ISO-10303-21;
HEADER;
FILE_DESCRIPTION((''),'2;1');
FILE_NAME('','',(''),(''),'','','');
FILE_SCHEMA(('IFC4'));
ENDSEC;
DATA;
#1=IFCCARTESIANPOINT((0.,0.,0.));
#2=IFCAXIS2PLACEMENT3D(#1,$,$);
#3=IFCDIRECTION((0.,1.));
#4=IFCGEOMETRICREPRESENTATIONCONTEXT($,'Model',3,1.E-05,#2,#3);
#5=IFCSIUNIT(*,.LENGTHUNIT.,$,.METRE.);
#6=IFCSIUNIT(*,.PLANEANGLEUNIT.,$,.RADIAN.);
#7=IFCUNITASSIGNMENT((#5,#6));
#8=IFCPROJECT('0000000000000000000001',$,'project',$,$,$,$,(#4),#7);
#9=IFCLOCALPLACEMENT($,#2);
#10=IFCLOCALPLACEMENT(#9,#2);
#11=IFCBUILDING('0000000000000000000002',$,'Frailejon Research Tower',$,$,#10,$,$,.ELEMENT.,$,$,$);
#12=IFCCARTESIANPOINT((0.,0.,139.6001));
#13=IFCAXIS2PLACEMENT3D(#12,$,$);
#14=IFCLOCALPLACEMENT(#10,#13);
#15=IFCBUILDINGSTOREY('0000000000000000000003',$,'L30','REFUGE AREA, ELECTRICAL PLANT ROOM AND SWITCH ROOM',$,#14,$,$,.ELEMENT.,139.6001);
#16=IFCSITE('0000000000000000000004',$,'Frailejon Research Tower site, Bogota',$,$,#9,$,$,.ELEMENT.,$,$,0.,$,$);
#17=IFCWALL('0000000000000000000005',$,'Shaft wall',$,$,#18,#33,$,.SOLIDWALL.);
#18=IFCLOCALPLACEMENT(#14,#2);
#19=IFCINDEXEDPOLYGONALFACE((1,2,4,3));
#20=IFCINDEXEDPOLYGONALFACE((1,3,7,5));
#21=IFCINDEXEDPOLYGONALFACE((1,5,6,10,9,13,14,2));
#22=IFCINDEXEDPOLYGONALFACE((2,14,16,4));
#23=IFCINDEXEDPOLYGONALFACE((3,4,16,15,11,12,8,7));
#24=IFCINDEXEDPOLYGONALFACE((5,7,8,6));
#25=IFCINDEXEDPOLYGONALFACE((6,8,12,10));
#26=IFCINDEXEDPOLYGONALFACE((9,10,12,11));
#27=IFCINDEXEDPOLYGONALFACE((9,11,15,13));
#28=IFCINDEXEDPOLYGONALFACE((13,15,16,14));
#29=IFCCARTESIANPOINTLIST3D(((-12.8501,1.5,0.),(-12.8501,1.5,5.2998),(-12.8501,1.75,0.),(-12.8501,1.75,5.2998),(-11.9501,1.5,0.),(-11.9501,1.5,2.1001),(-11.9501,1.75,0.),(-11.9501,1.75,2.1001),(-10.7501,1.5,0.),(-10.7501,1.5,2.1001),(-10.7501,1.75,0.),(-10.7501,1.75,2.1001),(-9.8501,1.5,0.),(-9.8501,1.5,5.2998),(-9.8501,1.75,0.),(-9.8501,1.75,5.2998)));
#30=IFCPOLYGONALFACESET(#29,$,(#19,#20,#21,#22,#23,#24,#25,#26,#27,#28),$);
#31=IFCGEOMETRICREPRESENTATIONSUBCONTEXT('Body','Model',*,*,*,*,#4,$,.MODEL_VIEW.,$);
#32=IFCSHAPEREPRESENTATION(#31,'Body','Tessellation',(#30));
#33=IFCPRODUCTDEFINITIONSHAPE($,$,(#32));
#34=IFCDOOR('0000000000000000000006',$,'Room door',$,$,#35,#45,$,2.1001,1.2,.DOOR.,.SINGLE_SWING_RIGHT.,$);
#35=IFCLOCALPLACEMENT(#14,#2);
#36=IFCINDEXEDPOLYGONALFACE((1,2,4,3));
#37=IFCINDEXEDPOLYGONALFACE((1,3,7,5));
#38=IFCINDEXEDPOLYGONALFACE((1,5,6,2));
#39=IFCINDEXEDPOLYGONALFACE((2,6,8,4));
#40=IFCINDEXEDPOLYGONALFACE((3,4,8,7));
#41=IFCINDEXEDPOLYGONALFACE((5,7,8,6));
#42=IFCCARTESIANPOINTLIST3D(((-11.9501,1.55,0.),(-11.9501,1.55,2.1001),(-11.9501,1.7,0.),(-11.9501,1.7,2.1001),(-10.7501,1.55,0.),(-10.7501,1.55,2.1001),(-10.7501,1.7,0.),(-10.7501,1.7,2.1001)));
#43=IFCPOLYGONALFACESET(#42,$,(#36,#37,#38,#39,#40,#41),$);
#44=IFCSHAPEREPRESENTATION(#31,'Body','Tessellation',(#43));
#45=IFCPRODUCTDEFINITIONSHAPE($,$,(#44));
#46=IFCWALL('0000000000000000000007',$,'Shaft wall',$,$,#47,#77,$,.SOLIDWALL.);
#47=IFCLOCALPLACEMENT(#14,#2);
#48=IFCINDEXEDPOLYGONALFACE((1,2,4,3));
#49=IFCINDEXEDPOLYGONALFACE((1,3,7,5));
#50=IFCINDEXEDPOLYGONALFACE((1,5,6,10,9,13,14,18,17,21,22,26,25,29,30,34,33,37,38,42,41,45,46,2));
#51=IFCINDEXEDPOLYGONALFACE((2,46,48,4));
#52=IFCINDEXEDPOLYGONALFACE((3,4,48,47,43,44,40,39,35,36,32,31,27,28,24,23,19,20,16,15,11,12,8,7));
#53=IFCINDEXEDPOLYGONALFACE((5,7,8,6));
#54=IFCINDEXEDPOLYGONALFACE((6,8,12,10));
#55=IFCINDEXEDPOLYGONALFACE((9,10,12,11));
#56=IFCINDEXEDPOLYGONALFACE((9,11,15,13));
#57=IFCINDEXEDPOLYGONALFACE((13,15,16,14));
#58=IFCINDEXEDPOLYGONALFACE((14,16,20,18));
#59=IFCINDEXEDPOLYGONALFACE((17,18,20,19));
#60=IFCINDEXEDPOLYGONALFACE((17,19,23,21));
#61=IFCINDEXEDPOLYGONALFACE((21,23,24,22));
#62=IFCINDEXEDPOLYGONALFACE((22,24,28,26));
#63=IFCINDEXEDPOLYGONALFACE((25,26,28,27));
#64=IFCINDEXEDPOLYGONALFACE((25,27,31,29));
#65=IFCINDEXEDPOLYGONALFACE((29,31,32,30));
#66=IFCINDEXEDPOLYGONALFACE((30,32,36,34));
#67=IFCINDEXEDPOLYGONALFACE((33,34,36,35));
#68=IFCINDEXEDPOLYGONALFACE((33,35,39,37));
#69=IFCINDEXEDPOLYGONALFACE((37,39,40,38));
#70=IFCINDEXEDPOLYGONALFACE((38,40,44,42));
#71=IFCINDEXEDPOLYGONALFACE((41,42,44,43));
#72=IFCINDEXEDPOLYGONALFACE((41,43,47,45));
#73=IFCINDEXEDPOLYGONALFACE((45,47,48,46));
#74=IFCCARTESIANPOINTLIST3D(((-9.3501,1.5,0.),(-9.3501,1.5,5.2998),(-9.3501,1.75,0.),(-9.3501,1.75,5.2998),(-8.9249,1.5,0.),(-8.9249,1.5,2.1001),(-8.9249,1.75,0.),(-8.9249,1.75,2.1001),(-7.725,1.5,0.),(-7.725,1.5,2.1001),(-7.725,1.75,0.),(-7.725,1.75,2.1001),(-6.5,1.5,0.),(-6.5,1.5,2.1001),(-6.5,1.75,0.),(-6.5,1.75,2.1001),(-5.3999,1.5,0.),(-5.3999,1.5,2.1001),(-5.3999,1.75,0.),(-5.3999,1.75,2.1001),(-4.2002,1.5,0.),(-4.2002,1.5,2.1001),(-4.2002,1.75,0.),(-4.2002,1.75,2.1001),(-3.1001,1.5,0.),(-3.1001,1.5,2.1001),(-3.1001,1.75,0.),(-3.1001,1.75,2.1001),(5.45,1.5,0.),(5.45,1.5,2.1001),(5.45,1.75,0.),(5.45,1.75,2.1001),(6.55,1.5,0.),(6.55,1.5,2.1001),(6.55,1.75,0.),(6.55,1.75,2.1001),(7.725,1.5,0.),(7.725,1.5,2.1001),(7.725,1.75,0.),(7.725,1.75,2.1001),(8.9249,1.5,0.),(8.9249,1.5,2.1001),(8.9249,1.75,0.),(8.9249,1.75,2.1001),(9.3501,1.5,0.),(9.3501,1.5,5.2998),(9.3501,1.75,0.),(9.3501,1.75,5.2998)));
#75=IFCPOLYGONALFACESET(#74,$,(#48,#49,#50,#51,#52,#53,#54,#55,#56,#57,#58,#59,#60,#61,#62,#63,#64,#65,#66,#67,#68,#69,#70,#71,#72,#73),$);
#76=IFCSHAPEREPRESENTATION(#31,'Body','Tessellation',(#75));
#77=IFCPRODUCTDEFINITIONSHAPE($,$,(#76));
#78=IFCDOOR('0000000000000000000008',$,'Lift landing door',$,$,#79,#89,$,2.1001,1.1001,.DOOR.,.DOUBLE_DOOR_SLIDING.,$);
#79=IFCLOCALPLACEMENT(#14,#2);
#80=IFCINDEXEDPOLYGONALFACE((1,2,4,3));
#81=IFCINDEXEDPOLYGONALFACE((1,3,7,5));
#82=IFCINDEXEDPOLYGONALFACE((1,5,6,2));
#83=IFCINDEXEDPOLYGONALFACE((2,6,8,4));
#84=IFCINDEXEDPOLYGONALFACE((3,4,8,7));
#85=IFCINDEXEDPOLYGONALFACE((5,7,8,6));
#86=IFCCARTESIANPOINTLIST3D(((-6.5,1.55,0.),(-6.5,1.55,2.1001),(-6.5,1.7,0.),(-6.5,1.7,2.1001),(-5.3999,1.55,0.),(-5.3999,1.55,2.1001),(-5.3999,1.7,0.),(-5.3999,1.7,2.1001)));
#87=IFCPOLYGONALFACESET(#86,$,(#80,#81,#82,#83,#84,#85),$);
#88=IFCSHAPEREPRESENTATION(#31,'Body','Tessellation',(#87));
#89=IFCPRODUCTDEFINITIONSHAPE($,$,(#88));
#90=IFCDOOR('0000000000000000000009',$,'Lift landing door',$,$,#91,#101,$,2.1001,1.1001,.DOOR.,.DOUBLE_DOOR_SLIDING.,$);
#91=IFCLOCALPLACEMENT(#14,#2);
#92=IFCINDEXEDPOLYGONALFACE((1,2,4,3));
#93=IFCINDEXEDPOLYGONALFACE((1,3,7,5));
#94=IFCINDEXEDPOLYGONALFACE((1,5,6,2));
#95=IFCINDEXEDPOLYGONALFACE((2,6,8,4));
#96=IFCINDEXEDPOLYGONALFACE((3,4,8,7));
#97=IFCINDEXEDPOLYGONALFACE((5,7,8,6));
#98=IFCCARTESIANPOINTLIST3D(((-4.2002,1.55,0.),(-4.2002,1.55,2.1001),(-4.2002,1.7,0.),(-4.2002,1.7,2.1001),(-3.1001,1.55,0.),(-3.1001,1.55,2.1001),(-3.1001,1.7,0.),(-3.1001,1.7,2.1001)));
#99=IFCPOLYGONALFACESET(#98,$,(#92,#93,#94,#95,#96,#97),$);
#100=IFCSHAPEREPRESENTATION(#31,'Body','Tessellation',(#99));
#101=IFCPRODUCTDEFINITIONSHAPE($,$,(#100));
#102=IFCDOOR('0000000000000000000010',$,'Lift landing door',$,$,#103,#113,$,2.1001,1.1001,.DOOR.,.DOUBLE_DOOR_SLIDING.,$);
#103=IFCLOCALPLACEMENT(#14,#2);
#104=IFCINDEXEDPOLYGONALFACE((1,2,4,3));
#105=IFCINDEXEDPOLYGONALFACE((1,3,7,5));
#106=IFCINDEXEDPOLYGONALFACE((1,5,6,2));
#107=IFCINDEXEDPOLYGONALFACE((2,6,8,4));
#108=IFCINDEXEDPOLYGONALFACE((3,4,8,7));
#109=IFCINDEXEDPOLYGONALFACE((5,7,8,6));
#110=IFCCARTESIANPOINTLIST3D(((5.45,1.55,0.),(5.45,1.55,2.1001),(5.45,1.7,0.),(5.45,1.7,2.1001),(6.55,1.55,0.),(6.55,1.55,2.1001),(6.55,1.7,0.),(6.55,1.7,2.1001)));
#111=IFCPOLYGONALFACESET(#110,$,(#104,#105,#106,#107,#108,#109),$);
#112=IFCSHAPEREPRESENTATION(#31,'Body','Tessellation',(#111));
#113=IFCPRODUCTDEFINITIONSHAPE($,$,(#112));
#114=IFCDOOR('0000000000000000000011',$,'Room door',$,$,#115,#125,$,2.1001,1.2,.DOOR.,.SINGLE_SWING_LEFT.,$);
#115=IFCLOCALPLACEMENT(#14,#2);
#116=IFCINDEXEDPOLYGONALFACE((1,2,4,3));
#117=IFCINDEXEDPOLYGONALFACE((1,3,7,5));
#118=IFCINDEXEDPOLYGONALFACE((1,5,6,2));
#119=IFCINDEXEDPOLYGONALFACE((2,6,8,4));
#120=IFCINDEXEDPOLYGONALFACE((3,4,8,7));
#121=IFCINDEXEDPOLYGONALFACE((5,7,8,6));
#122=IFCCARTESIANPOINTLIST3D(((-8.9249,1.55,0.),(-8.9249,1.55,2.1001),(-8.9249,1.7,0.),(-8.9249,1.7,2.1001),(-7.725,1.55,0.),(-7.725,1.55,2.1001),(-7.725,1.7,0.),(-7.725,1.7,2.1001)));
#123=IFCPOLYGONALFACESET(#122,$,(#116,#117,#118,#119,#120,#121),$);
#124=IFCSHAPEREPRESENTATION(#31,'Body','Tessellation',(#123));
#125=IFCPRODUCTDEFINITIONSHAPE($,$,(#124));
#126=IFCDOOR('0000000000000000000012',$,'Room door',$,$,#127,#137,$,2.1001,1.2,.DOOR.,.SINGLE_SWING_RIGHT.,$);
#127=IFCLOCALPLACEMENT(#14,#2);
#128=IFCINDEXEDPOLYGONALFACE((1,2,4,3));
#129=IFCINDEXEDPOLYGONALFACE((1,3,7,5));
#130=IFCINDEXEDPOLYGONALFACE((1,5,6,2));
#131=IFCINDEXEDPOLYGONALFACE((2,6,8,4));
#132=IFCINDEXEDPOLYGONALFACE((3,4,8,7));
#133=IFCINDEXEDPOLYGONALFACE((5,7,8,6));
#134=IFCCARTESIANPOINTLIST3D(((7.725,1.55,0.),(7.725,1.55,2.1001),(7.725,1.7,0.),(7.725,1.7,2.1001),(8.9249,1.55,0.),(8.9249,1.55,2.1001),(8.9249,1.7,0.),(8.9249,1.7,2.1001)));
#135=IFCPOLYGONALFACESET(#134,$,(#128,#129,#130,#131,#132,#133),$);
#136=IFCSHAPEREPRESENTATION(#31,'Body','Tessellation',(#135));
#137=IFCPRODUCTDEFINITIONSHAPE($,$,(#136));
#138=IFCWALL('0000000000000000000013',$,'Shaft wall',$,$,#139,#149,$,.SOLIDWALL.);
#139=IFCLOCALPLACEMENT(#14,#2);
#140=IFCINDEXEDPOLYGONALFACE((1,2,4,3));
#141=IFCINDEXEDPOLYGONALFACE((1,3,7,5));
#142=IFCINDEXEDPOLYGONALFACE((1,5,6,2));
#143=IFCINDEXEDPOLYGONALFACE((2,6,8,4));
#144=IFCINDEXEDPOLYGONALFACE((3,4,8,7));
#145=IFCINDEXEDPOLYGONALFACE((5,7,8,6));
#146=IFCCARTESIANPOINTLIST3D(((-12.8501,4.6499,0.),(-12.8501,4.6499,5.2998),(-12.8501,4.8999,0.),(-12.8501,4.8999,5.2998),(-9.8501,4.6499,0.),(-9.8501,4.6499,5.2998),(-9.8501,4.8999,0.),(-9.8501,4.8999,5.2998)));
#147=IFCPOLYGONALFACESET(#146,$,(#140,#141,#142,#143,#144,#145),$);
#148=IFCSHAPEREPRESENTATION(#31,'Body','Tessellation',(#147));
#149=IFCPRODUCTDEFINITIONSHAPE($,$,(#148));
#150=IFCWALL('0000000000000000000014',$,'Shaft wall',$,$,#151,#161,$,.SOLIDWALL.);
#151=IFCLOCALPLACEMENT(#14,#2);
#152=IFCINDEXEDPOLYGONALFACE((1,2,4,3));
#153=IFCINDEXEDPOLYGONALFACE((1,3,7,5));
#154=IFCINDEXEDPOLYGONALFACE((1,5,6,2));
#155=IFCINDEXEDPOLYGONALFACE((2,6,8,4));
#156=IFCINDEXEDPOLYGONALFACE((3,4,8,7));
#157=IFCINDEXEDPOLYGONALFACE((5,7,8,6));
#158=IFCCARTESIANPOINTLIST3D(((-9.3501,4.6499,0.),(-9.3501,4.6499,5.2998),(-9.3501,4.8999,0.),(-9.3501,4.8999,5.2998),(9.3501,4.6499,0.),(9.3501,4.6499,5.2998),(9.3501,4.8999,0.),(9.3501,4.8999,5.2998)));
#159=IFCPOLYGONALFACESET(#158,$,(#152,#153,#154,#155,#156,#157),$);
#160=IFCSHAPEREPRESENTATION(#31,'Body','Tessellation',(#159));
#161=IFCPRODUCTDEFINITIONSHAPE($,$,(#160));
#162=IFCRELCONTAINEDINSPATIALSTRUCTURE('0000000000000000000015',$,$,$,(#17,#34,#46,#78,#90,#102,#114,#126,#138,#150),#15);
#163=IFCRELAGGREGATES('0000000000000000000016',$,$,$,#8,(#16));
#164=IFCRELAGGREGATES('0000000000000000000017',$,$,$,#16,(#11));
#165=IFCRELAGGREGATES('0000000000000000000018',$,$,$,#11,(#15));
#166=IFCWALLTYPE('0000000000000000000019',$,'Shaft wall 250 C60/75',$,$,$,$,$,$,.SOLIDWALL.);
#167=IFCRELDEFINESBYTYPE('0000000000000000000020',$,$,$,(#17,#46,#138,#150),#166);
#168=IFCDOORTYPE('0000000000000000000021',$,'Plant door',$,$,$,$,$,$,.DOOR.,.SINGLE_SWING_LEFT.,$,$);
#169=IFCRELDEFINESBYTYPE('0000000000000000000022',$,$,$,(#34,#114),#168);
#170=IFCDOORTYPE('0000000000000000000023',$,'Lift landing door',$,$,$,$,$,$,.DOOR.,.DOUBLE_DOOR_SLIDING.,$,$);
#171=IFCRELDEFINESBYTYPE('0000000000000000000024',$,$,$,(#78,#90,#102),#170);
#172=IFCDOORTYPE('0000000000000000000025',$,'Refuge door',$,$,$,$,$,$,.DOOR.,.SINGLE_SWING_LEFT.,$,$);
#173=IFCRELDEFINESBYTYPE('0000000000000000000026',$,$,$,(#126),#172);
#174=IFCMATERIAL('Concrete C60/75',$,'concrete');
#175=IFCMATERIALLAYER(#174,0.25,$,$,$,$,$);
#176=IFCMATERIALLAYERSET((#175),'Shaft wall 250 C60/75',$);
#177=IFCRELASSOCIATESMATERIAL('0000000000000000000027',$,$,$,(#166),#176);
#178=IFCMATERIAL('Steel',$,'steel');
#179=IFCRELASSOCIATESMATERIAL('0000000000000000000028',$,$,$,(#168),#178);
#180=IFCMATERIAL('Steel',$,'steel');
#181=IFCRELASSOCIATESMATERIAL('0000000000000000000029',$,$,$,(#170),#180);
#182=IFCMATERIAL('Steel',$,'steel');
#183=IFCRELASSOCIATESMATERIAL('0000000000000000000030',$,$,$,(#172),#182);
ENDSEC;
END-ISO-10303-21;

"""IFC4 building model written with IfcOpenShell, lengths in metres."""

from ifc_helpers import new_model, si_unit, direction, frame, frame_2d, origin, place, context, subcontext, project, spatial, rectangle, extrude, material, layer, layer_set, type_object, element, fill, save


model = new_model("IFC4")

# Units and contexts
model_context = context("Model", 3, precision=1e-05, world=origin(), true_north=direction((0.0, 1.0)))
body_context = subcontext(model_context, "Body", "Model", "MODEL_VIEW")
ifc_project = project(units=[si_unit("LENGTHUNIT", "METRE"), si_unit("PLANEANGLEUNIT", "RADIAN")], contexts=[model_context])

# Site, building, storey
site_placement = place(None, origin())
site = spatial("IfcSite", under=ifc_project, at=site_placement, Name="Frailejon Research Tower site, Bogota", CompositionType="ELEMENT", RefElevation=0.0)
building_placement = place(site_placement, origin())
building = spatial("IfcBuilding", under=site, at=building_placement, Name="Frailejon Research Tower", CompositionType="ELEMENT")
storey_placement = place(building_placement, frame((0.0, 0.0, 139.6001)))
storey = spatial("IfcBuildingStorey", under=building, at=storey_placement, Name="L30", Description="REFUGE AREA, ELECTRICAL PLANT ROOM AND SWITCH ROOM", CompositionType="ELEMENT", Elevation=139.6001)

# Wall, opening, door
ifc_material_1 = material(Name="Concrete C60/75", Category="concrete")
ifc_layer_1 = layer(ifc_material_1, 0.25)
ifc_layer_set_1 = layer_set([ifc_layer_1], Name="Shaft wall 250 C60/75")
wall_type_1 = type_object("IfcWallType", Name="Shaft wall 250 C60/75", PredefinedType="SOLIDWALL", material=ifc_layer_set_1)
wall_1_placement = place(storey_placement, frame((-12.8501, 1.625, 0.0), z_axis=(0.0, 0.0, 1.0), x_axis=(1.0, 0.0, 0.0)))
wall_1 = element("IfcWall", 1, at=wall_1_placement, inside=storey, type_object=wall_type_1, Name="Shaft wall", PredefinedType="SOLIDWALL", context=body_context, shape_type="SweptSolid", body=[
    extrude(rectangle(XDim=3.0, YDim=0.25, at=frame_2d((1.5, 0.0))), origin(), (0.0, 0.0, 1.0), 5.2998),
])
opening_1_placement = place(wall_1_placement, frame((0.8999, 0.0, 0.0)))
opening_1 = element("IfcOpeningElement", 2, at=opening_1_placement, cuts=wall_1, PredefinedType="OPENING", context=body_context, shape_type="SweptSolid", body=[
    extrude(rectangle(XDim=1.2, YDim=2.1001, at=frame_2d((0.6001, 1.05))), frame((0.0, 0.135, 0.0), z_axis=(0.0, -1.0, 0.0), x_axis=(1.0, 0.0, 0.0)), (0.0, 0.0, 1.0), 0.27),
])
ifc_material_2 = material(Name="Steel", Category="steel")
door_type_1 = type_object("IfcDoorType", Name="Plant door", OperationType="SINGLE_SWING_LEFT", PredefinedType="DOOR", material=ifc_material_2)
door_1_placement = place(opening_1_placement, origin())
door_1 = element("IfcDoor", 3, at=door_1_placement, inside=storey, type_object=door_type_1, Name="Room door", OperationType="SINGLE_SWING_RIGHT", OverallHeight=2.1001, OverallWidth=1.2, PredefinedType="DOOR", context=body_context, shape_type="SweptSolid", body=[
    extrude(rectangle(XDim=1.2, YDim=2.1001, at=frame_2d((0.6001, 1.05))), frame((0.0, 0.075, 0.0), z_axis=(0.0, -1.0, 0.0), x_axis=(1.0, 0.0, 0.0)), (0.0, 0.0, 1.0), 0.1499),
])
fill(opening_1, door_1)

# Wall, openings, doors
wall_2_placement = place(storey_placement, frame((-9.3501, 1.625, 0.0), z_axis=(0.0, 0.0, 1.0), x_axis=(1.0, 0.0, 0.0)))
wall_2 = element("IfcWall", 4, at=wall_2_placement, inside=storey, type_object=wall_type_1, Name="Shaft wall", PredefinedType="SOLIDWALL", context=body_context, shape_type="SweptSolid", body=[
    extrude(rectangle(XDim=18.7002, YDim=0.25, at=frame_2d((9.3501, 0.0))), origin(), (0.0, 0.0, 1.0), 5.2998),
])
opening_2_placement = place(wall_2_placement, frame((2.8501, 0.0, 0.0)))
opening_2 = element("IfcOpeningElement", 5, at=opening_2_placement, cuts=wall_2, PredefinedType="OPENING", context=body_context, shape_type="SweptSolid", body=[
    extrude(rectangle(XDim=1.1001, YDim=2.1001, at=frame_2d((0.55, 1.05))), frame((0.0, 0.135, 0.0), z_axis=(0.0, -1.0, 0.0), x_axis=(1.0, 0.0, 0.0)), (0.0, 0.0, 1.0), 0.27),
])
opening_3_placement = place(wall_2_placement, frame((5.1499, 0.0, 0.0)))
opening_3 = element("IfcOpeningElement", 6, at=opening_3_placement, cuts=wall_2, PredefinedType="OPENING", context=body_context, shape_type="SweptSolid", body=[
    extrude(rectangle(XDim=1.1001, YDim=2.1001, at=frame_2d((0.55, 1.05))), frame((0.0, 0.135, 0.0), z_axis=(0.0, -1.0, 0.0), x_axis=(1.0, 0.0, 0.0)), (0.0, 0.0, 1.0), 0.27),
])
opening_4_placement = place(wall_2_placement, frame((14.8, 0.0, 0.0)))
opening_4 = element("IfcOpeningElement", 7, at=opening_4_placement, cuts=wall_2, PredefinedType="OPENING", context=body_context, shape_type="SweptSolid", body=[
    extrude(rectangle(XDim=1.1001, YDim=2.1001, at=frame_2d((0.55, 1.05))), frame((0.0, 0.135, 0.0), z_axis=(0.0, -1.0, 0.0), x_axis=(1.0, 0.0, 0.0)), (0.0, 0.0, 1.0), 0.27),
])
opening_5_placement = place(wall_2_placement, frame((0.425, 0.0, 0.0)))
opening_5 = element("IfcOpeningElement", 8, at=opening_5_placement, cuts=wall_2, PredefinedType="OPENING", context=body_context, shape_type="SweptSolid", body=[
    extrude(rectangle(XDim=1.2, YDim=2.1001, at=frame_2d((0.6001, 1.05))), frame((0.0, 0.135, 0.0), z_axis=(0.0, -1.0, 0.0), x_axis=(1.0, 0.0, 0.0)), (0.0, 0.0, 1.0), 0.27),
])
opening_6_placement = place(wall_2_placement, frame((17.075, 0.0, 0.0)))
opening_6 = element("IfcOpeningElement", 9, at=opening_6_placement, cuts=wall_2, PredefinedType="OPENING", context=body_context, shape_type="SweptSolid", body=[
    extrude(rectangle(XDim=1.2, YDim=2.1001, at=frame_2d((0.6001, 1.05))), frame((0.0, 0.135, 0.0), z_axis=(0.0, -1.0, 0.0), x_axis=(1.0, 0.0, 0.0)), (0.0, 0.0, 1.0), 0.27),
])
ifc_material_3 = material(Name="Steel", Category="steel")
door_type_2 = type_object("IfcDoorType", Name="Lift landing door", OperationType="DOUBLE_DOOR_SLIDING", PredefinedType="DOOR", material=ifc_material_3)
door_2_placement = place(opening_2_placement, origin())
door_2 = element("IfcDoor", 10, at=door_2_placement, inside=storey, type_object=door_type_2, Name="Lift landing door", OperationType="DOUBLE_DOOR_SLIDING", OverallHeight=2.1001, OverallWidth=1.1001, PredefinedType="DOOR", context=body_context, shape_type="SweptSolid", body=[
    extrude(rectangle(XDim=1.1001, YDim=2.1001, at=frame_2d((0.55, 1.05))), frame((0.0, 0.075, 0.0), z_axis=(0.0, -1.0, 0.0), x_axis=(1.0, 0.0, 0.0)), (0.0, 0.0, 1.0), 0.1499),
])
fill(opening_2, door_2)
door_3_placement = place(opening_3_placement, origin())
door_3 = element("IfcDoor", 11, at=door_3_placement, inside=storey, type_object=door_type_2, Name="Lift landing door", OperationType="DOUBLE_DOOR_SLIDING", OverallHeight=2.1001, OverallWidth=1.1001, PredefinedType="DOOR", context=body_context, shape_type="SweptSolid", body=[
    extrude(rectangle(XDim=1.1001, YDim=2.1001, at=frame_2d((0.55, 1.05))), frame((0.0, 0.075, 0.0), z_axis=(0.0, -1.0, 0.0), x_axis=(1.0, 0.0, 0.0)), (0.0, 0.0, 1.0), 0.1499),
])
fill(opening_3, door_3)
door_4_placement = place(opening_4_placement, origin())
door_4 = element("IfcDoor", 12, at=door_4_placement, inside=storey, type_object=door_type_2, Name="Lift landing door", OperationType="DOUBLE_DOOR_SLIDING", OverallHeight=2.1001, OverallWidth=1.1001, PredefinedType="DOOR", context=body_context, shape_type="SweptSolid", body=[
    extrude(rectangle(XDim=1.1001, YDim=2.1001, at=frame_2d((0.55, 1.05))), frame((0.0, 0.075, 0.0), z_axis=(0.0, -1.0, 0.0), x_axis=(1.0, 0.0, 0.0)), (0.0, 0.0, 1.0), 0.1499),
])
fill(opening_4, door_4)
door_5_placement = place(opening_5_placement, origin())
door_5 = element("IfcDoor", 13, at=door_5_placement, inside=storey, type_object=door_type_1, Name="Room door", OperationType="SINGLE_SWING_LEFT", OverallHeight=2.1001, OverallWidth=1.2, PredefinedType="DOOR", context=body_context, shape_type="SweptSolid", body=[
    extrude(rectangle(XDim=1.2, YDim=2.1001, at=frame_2d((0.6001, 1.05))), frame((0.0, 0.075, 0.0), z_axis=(0.0, -1.0, 0.0), x_axis=(1.0, 0.0, 0.0)), (0.0, 0.0, 1.0), 0.1499),
])
fill(opening_5, door_5)
ifc_material_4 = material(Name="Steel", Category="steel")
door_type_3 = type_object("IfcDoorType", Name="Refuge door", OperationType="SINGLE_SWING_LEFT", PredefinedType="DOOR", material=ifc_material_4)
door_6_placement = place(opening_6_placement, origin())
door_6 = element("IfcDoor", 14, at=door_6_placement, inside=storey, type_object=door_type_3, Name="Room door", OperationType="SINGLE_SWING_RIGHT", OverallHeight=2.1001, OverallWidth=1.2, PredefinedType="DOOR", context=body_context, shape_type="SweptSolid", body=[
    extrude(rectangle(XDim=1.2, YDim=2.1001, at=frame_2d((0.6001, 1.05))), frame((0.0, 0.075, 0.0), z_axis=(0.0, -1.0, 0.0), x_axis=(1.0, 0.0, 0.0)), (0.0, 0.0, 1.0), 0.1499),
])
fill(opening_6, door_6)

# Walls
wall_3_placement = place(storey_placement, frame((-12.8501, 4.7749, 0.0), z_axis=(0.0, 0.0, 1.0), x_axis=(1.0, 0.0, 0.0)))
element("IfcWall", 15, at=wall_3_placement, inside=storey, type_object=wall_type_1, Name="Shaft wall", PredefinedType="SOLIDWALL", context=body_context, shape_type="SweptSolid", body=[
    extrude(rectangle(XDim=3.0, YDim=0.25, at=frame_2d((1.5, 0.0))), origin(), (0.0, 0.0, 1.0), 5.2998),
])
wall_4_placement = place(storey_placement, frame((-9.3501, 4.7749, 0.0), z_axis=(0.0, 0.0, 1.0), x_axis=(1.0, 0.0, 0.0)))
element("IfcWall", 16, at=wall_4_placement, inside=storey, type_object=wall_type_1, Name="Shaft wall", PredefinedType="SOLIDWALL", context=body_context, shape_type="SweptSolid", body=[
    extrude(rectangle(XDim=18.7002, YDim=0.25, at=frame_2d((9.3501, 0.0))), origin(), (0.0, 0.0, 1.0), 5.2998),
])

save(model, "model.ifc")
